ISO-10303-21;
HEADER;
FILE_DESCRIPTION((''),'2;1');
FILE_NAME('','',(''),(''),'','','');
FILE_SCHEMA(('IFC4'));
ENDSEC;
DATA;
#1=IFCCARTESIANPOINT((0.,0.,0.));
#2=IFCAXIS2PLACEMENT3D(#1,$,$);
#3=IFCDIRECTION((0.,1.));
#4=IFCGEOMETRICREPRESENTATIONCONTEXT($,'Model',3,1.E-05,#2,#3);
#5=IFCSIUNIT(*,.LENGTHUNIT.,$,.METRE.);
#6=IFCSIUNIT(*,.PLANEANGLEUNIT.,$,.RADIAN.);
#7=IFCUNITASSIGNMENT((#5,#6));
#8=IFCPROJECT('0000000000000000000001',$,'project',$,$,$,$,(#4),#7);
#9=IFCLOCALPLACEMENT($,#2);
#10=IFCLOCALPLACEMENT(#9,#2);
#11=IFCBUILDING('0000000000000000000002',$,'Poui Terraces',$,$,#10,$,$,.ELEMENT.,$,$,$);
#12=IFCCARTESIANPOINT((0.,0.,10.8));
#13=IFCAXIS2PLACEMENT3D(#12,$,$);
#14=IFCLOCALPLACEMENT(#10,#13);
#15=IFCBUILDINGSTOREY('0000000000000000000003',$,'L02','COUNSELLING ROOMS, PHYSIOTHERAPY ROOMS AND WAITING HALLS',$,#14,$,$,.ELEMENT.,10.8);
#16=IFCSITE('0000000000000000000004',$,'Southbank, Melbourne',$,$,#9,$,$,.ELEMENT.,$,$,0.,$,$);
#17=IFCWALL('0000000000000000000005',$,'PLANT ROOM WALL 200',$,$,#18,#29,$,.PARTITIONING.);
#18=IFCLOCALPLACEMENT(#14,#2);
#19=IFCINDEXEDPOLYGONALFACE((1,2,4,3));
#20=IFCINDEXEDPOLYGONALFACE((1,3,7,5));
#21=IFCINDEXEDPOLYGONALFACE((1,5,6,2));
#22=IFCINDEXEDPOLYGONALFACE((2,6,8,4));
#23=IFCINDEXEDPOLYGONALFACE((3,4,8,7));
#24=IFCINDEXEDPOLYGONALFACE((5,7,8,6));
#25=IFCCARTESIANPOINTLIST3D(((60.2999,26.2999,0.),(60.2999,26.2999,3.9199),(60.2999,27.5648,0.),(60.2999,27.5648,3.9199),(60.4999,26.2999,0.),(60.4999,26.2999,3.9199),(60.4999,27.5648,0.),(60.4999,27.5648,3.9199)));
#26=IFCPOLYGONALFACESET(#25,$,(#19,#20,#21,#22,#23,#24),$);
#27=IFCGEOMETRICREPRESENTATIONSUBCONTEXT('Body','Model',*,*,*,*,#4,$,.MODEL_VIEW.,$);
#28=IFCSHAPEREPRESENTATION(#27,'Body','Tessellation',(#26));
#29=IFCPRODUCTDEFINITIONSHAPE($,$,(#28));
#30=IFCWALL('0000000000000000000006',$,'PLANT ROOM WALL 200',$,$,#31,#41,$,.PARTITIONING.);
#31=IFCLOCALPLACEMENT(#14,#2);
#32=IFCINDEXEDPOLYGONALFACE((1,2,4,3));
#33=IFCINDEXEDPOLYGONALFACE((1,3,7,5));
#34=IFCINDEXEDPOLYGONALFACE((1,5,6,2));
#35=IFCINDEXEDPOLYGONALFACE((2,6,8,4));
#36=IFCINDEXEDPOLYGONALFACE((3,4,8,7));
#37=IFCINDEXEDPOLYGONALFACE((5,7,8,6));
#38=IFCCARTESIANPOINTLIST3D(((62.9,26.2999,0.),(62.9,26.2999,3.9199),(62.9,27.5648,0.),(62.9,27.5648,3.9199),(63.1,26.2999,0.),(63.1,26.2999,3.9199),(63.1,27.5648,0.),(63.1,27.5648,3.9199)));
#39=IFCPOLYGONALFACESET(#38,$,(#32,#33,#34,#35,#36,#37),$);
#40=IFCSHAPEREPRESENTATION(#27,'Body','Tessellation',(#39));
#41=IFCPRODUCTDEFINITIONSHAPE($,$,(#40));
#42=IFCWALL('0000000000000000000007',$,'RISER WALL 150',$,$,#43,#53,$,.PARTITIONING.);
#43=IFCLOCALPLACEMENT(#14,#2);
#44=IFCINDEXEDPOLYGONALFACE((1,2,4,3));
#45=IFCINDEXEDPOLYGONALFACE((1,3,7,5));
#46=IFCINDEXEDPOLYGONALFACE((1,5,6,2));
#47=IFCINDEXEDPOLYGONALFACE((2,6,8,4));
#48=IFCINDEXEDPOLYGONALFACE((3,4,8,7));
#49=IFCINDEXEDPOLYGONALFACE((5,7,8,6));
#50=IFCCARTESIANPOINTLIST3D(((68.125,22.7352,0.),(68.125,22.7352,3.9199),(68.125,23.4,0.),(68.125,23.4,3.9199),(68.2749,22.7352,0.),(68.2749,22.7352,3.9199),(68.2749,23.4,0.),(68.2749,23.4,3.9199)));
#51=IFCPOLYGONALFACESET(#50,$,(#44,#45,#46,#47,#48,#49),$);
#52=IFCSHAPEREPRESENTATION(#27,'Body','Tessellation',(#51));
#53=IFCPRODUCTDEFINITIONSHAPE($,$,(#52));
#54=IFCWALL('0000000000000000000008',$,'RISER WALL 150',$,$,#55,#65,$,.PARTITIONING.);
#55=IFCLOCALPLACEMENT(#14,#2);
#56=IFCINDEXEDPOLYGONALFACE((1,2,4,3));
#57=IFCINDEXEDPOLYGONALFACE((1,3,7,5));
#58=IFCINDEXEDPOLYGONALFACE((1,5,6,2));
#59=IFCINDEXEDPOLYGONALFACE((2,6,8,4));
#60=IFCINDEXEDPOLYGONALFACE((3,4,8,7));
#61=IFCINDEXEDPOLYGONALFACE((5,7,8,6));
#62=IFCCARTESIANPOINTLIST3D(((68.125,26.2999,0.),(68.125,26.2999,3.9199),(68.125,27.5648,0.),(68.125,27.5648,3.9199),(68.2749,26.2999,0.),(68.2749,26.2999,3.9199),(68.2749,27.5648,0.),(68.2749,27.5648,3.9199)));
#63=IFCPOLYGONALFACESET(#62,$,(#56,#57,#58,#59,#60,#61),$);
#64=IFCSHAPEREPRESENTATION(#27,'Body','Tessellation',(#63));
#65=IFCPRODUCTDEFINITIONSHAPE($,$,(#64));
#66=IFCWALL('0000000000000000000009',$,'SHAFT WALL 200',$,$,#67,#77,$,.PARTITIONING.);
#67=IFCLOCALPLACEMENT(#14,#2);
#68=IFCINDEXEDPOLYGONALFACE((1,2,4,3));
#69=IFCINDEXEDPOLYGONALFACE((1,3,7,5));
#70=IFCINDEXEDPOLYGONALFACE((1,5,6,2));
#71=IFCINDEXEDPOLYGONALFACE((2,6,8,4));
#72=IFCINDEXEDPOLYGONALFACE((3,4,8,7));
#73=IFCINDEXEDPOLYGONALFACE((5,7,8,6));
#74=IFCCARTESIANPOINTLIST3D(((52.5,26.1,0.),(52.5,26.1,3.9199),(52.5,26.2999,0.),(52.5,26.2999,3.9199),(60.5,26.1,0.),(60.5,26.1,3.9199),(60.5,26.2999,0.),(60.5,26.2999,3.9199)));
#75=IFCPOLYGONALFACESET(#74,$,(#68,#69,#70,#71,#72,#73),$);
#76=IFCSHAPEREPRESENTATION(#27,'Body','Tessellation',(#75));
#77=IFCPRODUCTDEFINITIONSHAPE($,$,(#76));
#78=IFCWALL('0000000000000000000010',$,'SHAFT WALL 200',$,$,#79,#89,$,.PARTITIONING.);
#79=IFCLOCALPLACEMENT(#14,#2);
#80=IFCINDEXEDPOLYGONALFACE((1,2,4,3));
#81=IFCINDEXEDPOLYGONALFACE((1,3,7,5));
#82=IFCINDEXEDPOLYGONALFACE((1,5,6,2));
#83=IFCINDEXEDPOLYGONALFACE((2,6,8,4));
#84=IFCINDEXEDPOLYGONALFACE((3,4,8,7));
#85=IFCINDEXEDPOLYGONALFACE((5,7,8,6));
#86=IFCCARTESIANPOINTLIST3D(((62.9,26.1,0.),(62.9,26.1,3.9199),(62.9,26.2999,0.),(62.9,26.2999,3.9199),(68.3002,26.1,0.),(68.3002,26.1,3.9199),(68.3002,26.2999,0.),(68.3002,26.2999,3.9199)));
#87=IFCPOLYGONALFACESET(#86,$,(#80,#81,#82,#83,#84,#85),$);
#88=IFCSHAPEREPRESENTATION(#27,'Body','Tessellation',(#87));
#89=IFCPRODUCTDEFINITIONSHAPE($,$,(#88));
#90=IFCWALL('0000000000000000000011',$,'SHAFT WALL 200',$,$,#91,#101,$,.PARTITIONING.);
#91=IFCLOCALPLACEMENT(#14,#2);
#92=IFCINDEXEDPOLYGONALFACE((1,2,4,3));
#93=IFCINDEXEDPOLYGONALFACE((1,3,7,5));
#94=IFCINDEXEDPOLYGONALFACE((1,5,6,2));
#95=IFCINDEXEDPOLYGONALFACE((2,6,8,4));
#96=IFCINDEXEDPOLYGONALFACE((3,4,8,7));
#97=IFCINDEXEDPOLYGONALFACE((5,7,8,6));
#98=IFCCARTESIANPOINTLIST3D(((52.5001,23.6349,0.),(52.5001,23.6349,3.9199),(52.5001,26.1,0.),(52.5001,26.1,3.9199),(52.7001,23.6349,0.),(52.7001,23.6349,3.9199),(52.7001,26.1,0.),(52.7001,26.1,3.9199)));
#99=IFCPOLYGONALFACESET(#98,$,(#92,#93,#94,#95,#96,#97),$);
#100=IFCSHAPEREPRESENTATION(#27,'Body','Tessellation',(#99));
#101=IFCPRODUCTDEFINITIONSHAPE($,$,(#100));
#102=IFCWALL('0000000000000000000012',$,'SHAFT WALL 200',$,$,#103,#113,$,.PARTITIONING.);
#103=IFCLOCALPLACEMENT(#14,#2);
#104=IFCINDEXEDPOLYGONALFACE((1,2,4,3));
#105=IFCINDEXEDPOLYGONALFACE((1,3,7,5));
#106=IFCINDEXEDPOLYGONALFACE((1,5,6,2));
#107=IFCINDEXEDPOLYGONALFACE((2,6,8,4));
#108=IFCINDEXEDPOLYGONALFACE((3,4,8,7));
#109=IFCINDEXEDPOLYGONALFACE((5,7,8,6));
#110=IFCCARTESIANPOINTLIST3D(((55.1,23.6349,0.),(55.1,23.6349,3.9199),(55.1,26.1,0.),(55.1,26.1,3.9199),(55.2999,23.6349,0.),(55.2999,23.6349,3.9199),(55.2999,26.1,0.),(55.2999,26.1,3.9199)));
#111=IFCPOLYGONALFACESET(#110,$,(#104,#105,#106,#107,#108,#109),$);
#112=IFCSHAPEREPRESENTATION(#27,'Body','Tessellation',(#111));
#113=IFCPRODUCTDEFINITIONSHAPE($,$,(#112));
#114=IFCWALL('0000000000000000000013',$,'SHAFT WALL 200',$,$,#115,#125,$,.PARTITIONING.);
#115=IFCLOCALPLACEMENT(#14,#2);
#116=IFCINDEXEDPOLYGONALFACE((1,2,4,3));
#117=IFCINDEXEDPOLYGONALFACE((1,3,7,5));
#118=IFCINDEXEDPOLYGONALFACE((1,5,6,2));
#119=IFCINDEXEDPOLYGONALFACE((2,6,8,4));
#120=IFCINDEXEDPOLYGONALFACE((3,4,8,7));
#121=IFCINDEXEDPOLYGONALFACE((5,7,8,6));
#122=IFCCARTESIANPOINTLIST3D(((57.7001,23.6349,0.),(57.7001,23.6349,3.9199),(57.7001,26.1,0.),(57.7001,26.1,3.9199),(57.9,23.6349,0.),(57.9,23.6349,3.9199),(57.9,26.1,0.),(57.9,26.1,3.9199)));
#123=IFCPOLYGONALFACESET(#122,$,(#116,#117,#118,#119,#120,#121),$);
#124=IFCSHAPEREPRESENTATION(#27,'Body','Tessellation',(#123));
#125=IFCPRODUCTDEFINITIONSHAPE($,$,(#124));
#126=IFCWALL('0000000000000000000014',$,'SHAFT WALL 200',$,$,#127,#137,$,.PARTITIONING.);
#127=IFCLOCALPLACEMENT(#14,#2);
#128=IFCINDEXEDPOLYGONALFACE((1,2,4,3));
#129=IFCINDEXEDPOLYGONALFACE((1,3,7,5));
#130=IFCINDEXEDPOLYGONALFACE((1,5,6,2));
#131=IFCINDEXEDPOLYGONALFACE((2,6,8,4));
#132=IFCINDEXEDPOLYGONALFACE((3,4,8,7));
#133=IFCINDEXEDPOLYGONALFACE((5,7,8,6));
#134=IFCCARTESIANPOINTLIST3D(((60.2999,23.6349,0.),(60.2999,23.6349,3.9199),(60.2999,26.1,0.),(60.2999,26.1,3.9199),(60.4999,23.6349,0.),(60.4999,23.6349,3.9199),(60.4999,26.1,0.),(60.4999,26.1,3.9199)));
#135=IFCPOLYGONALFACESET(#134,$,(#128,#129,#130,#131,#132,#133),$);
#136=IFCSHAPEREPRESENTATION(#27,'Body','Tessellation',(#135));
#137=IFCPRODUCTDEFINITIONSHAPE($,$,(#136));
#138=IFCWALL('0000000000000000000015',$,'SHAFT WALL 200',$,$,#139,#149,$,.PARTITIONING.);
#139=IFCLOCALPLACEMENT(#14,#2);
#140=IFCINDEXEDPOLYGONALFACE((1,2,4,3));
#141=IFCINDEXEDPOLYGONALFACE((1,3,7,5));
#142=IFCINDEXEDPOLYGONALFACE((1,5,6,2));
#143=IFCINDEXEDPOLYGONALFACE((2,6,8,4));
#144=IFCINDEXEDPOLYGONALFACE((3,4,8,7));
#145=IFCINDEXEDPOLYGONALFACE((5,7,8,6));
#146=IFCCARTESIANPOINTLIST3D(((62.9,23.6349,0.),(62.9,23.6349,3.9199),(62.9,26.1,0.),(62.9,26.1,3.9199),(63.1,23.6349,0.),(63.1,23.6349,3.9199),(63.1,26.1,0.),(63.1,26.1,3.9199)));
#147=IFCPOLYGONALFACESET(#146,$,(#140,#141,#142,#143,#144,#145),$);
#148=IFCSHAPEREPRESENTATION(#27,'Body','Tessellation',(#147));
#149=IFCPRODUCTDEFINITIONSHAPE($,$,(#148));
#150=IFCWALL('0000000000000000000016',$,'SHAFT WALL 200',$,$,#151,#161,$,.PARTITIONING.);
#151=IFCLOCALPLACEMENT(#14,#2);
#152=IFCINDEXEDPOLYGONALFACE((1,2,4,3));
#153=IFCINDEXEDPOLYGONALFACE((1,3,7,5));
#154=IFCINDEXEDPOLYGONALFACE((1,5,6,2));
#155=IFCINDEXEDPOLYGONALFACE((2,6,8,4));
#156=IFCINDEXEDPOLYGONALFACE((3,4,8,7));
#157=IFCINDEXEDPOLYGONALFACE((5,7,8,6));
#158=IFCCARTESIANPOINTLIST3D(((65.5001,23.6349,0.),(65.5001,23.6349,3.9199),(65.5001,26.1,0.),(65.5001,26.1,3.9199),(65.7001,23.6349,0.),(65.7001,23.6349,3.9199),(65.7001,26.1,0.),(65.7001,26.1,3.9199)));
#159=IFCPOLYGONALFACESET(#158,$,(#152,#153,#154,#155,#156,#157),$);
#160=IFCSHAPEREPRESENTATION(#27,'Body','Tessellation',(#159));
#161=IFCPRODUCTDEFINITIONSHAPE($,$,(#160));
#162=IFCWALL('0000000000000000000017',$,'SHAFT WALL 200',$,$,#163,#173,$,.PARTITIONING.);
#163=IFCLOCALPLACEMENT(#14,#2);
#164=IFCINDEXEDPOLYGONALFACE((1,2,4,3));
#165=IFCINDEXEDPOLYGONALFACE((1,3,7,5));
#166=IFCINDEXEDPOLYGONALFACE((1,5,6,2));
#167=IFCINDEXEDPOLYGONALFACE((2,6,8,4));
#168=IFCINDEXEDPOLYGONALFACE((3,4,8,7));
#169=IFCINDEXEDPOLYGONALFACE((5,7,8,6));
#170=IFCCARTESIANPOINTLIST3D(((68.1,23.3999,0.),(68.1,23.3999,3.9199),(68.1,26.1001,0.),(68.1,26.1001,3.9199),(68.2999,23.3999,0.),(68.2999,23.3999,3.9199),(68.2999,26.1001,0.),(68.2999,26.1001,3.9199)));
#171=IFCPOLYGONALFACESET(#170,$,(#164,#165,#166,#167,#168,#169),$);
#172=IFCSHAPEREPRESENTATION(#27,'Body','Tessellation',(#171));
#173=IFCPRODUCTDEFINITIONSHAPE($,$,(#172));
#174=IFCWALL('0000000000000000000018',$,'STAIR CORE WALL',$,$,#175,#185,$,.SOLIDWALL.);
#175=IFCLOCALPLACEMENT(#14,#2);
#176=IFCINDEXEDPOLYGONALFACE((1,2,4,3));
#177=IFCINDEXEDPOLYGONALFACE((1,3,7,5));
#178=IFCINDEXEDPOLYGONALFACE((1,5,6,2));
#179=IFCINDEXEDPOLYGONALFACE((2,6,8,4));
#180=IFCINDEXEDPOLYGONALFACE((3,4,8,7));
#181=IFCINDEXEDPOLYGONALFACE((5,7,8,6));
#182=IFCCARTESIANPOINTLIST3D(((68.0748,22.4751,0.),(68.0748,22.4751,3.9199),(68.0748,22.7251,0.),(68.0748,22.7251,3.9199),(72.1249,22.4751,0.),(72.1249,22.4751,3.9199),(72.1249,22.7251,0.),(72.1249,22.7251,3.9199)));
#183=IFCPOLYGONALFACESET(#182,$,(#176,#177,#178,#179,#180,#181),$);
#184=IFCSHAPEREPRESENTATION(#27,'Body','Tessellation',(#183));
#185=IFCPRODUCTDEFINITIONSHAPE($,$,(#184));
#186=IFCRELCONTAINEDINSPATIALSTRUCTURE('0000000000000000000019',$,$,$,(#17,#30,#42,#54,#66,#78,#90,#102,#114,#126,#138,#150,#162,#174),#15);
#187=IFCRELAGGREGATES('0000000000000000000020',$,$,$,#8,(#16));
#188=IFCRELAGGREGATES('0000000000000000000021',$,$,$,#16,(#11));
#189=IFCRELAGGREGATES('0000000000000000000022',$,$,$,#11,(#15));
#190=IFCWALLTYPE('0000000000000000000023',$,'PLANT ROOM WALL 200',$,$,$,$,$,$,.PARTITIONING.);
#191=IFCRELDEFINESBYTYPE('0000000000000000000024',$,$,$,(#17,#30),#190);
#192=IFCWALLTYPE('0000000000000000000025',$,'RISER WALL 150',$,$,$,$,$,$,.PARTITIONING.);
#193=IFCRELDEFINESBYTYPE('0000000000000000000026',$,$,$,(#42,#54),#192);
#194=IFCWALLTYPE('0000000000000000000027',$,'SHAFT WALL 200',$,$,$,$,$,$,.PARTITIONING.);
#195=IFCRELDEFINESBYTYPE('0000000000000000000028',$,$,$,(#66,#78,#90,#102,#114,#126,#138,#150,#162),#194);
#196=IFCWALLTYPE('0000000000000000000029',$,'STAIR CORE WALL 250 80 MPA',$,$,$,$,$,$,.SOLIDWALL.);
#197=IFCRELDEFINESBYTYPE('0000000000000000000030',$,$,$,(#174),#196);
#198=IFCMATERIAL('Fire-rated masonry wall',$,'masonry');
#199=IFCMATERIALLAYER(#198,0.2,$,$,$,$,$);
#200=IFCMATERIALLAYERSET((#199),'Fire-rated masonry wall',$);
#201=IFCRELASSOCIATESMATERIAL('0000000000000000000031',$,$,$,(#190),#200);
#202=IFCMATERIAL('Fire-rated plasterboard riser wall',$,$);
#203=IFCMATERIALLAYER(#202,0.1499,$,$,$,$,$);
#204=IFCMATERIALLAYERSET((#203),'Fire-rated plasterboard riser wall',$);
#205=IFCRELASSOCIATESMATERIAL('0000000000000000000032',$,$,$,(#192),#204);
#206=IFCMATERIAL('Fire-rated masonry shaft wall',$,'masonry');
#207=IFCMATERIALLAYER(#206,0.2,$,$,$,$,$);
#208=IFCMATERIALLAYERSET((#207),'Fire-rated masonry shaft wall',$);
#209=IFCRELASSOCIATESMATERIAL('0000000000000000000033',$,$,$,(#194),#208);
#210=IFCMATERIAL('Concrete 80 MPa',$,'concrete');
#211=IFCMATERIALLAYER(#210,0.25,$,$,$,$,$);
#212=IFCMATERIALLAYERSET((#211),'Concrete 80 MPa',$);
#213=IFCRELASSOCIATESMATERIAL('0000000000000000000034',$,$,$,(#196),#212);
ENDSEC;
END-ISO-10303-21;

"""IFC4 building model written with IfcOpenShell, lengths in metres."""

from ifc_helpers import new_model, si_unit, direction, frame, frame_2d, origin, place, context, subcontext, project, spatial, rectangle, extrude, material, layer, layer_set, type_object, element, save


model = new_model("IFC4")

# Units and contexts
model_context = context("Model", 3, precision=1e-05, world=origin(), true_north=direction((0.0, 1.0)))
body_context = subcontext(model_context, "Body", "Model", "MODEL_VIEW")
ifc_project = project(units=[si_unit("LENGTHUNIT", "METRE"), si_unit("PLANEANGLEUNIT", "RADIAN")], contexts=[model_context])

# Site, building, storey
site_placement = place(None, origin())
site = spatial("IfcSite", under=ifc_project, at=site_placement, Name="Southbank, Melbourne", CompositionType="ELEMENT", RefElevation=0.0)
building_placement = place(site_placement, origin())
building = spatial("IfcBuilding", under=site, at=building_placement, Name="Poui Terraces", CompositionType="ELEMENT")
storey_placement = place(building_placement, frame((0.0, 0.0, 10.8)))
storey = spatial("IfcBuildingStorey", under=building, at=storey_placement, Name="L02", Description="COUNSELLING ROOMS, PHYSIOTHERAPY ROOMS AND WAITING HALLS", CompositionType="ELEMENT", Elevation=10.8)

# Shared definitions
ifc_material_1 = material(Name="Concrete 80 MPa", Category="concrete")

# Walls
ifc_material_2 = material(Name="Fire-rated masonry wall", Category="masonry")
ifc_layer_1 = layer(ifc_material_2, 0.2)
ifc_layer_set_1 = layer_set([ifc_layer_1], Name="Fire-rated masonry wall")
wall_type_1 = type_object("IfcWallType", Name="PLANT ROOM WALL 200", PredefinedType="PARTITIONING", material=ifc_layer_set_1)
for number, where, z_axis, x_axis, name in (
    (1, (60.3999, 26.3, 0.0), (0.0, 0.0, 1.0), (0.0, 1.0, 0.0), "PLANT ROOM WALL 200"),
    (2, (63.0, 26.3, 0.0), (0.0, 0.0, 1.0), (0.0, 1.0, 0.0), "PLANT ROOM WALL 200"),
):
    element("IfcWall", number, at=place(storey_placement, frame(where, z_axis=z_axis, x_axis=x_axis)), inside=storey, type_object=wall_type_1, Name=name, PredefinedType="PARTITIONING", context=body_context, shape_type="SweptSolid", body=[
        extrude(rectangle(XDim=1.2649, YDim=0.2, at=frame_2d((0.6323, 0.0))), origin(), (0.0, 0.0, 1.0), 3.9199),
    ])
ifc_material_3 = material(Name="Fire-rated plasterboard riser wall")
ifc_layer_2 = layer(ifc_material_3, 0.1499)
ifc_layer_set_2 = layer_set([ifc_layer_2], Name="Fire-rated plasterboard riser wall")
wall_type_2 = type_object("IfcWallType", Name="RISER WALL 150", PredefinedType="PARTITIONING", material=ifc_layer_set_2)
wall_1_placement = place(storey_placement, frame((68.2, 22.7351, 0.0), z_axis=(0.0, 0.0, 1.0), x_axis=(0.0, 1.0, 0.0)))
element("IfcWall", 3, at=wall_1_placement, inside=storey, type_object=wall_type_2, Name="RISER WALL 150", PredefinedType="PARTITIONING", context=body_context, shape_type="SweptSolid", body=[
    extrude(rectangle(XDim=0.6648, YDim=0.1499, at=frame_2d((0.3325, 0.0))), origin(), (0.0, 0.0, 1.0), 3.9199),
])
wall_2_placement = place(storey_placement, frame((68.2, 26.3, 0.0), z_axis=(0.0, 0.0, 1.0), x_axis=(0.0, 1.0, 0.0)))
element("IfcWall", 4, at=wall_2_placement, inside=storey, type_object=wall_type_2, Name="RISER WALL 150", PredefinedType="PARTITIONING", context=body_context, shape_type="SweptSolid", body=[
    extrude(rectangle(XDim=1.2649, YDim=0.1499, at=frame_2d((0.6323, 0.0))), origin(), (0.0, 0.0, 1.0), 3.9199),
])
ifc_material_4 = material(Name="Fire-rated masonry shaft wall", Category="masonry")
ifc_layer_3 = layer(ifc_material_4, 0.2)
ifc_layer_set_3 = layer_set([ifc_layer_3], Name="Fire-rated masonry shaft wall")
wall_type_3 = type_object("IfcWallType", Name="SHAFT WALL 200", PredefinedType="PARTITIONING", material=ifc_layer_set_3)
wall_3_placement = place(storey_placement, frame((52.5, 26.2, 0.0), z_axis=(0.0, 0.0, 1.0), x_axis=(1.0, 0.0, 0.0)))
element("IfcWall", 5, at=wall_3_placement, inside=storey, type_object=wall_type_3, Name="SHAFT WALL 200", PredefinedType="PARTITIONING", context=body_context, shape_type="SweptSolid", body=[
    extrude(rectangle(XDim=8.0, YDim=0.2, at=frame_2d((4.0, 0.0))), origin(), (0.0, 0.0, 1.0), 3.9199),
])
wall_4_placement = place(storey_placement, frame((62.8999, 26.2, 0.0), z_axis=(0.0, 0.0, 1.0), x_axis=(1.0, 0.0, 0.0)))
element("IfcWall", 6, at=wall_4_placement, inside=storey, type_object=wall_type_3, Name="SHAFT WALL 200", PredefinedType="PARTITIONING", context=body_context, shape_type="SweptSolid", body=[
    extrude(rectangle(XDim=5.4001, YDim=0.2, at=frame_2d((2.7002, 0.0))), origin(), (0.0, 0.0, 1.0), 3.9199),
])
for number, where, z_axis, x_axis, name in (
    (7, (52.6001, 23.635, 0.0), (0.0, 0.0, 1.0), (0.0, 1.0, 0.0), "SHAFT WALL 200"),
    (8, (55.2, 23.635, 0.0), (0.0, 0.0, 1.0), (0.0, 1.0, 0.0), "SHAFT WALL 200"),
    (9, (57.8, 23.635, 0.0), (0.0, 0.0, 1.0), (0.0, 1.0, 0.0), "SHAFT WALL 200"),
    (10, (60.3999, 23.635, 0.0), (0.0, 0.0, 1.0), (0.0, 1.0, 0.0), "SHAFT WALL 200"),
    (11, (63.0, 23.635, 0.0), (0.0, 0.0, 1.0), (0.0, 1.0, 0.0), "SHAFT WALL 200"),
    (12, (65.6001, 23.635, 0.0), (0.0, 0.0, 1.0), (0.0, 1.0, 0.0), "SHAFT WALL 200"),
):
    element("IfcWall", number, at=place(storey_placement, frame(where, z_axis=z_axis, x_axis=x_axis)), inside=storey, type_object=wall_type_3, Name=name, PredefinedType="PARTITIONING", context=body_context, shape_type="SweptSolid", body=[
        extrude(rectangle(XDim=2.4651, YDim=0.2, at=frame_2d((1.2324, 0.0))), origin(), (0.0, 0.0, 1.0), 3.9199),
    ])
wall_5_placement = place(storey_placement, frame((68.2, 23.3999, 0.0), z_axis=(0.0, 0.0, 1.0), x_axis=(0.0, 1.0, 0.0)))
element("IfcWall", 13, at=wall_5_placement, inside=storey, type_object=wall_type_3, Name="SHAFT WALL 200", PredefinedType="PARTITIONING", context=body_context, shape_type="SweptSolid", body=[
    extrude(rectangle(XDim=2.7002, YDim=0.2, at=frame_2d((1.3501, 0.0))), origin(), (0.0, 0.0, 1.0), 3.9199),
])
ifc_layer_4 = layer(ifc_material_1, 0.25)
ifc_layer_set_4 = layer_set([ifc_layer_4], Name="Concrete 80 MPa")
wall_type_4 = type_object("IfcWallType", Name="STAIR CORE WALL 250 80 MPA", PredefinedType="SOLIDWALL", material=ifc_layer_set_4)
wall_6_placement = place(storey_placement, frame((68.075, 22.6001, 0.0), z_axis=(0.0, 0.0, 1.0), x_axis=(1.0, 0.0, 0.0)))
element("IfcWall", 14, at=wall_6_placement, inside=storey, type_object=wall_type_4, Name="STAIR CORE WALL", PredefinedType="SOLIDWALL", context=body_context, shape_type="SweptSolid", body=[
    extrude(rectangle(XDim=4.05, YDim=0.25, at=frame_2d((2.0249, 0.0))), origin(), (0.0, 0.0, 1.0), 3.9199),
])

save(model, "model.ifc")
